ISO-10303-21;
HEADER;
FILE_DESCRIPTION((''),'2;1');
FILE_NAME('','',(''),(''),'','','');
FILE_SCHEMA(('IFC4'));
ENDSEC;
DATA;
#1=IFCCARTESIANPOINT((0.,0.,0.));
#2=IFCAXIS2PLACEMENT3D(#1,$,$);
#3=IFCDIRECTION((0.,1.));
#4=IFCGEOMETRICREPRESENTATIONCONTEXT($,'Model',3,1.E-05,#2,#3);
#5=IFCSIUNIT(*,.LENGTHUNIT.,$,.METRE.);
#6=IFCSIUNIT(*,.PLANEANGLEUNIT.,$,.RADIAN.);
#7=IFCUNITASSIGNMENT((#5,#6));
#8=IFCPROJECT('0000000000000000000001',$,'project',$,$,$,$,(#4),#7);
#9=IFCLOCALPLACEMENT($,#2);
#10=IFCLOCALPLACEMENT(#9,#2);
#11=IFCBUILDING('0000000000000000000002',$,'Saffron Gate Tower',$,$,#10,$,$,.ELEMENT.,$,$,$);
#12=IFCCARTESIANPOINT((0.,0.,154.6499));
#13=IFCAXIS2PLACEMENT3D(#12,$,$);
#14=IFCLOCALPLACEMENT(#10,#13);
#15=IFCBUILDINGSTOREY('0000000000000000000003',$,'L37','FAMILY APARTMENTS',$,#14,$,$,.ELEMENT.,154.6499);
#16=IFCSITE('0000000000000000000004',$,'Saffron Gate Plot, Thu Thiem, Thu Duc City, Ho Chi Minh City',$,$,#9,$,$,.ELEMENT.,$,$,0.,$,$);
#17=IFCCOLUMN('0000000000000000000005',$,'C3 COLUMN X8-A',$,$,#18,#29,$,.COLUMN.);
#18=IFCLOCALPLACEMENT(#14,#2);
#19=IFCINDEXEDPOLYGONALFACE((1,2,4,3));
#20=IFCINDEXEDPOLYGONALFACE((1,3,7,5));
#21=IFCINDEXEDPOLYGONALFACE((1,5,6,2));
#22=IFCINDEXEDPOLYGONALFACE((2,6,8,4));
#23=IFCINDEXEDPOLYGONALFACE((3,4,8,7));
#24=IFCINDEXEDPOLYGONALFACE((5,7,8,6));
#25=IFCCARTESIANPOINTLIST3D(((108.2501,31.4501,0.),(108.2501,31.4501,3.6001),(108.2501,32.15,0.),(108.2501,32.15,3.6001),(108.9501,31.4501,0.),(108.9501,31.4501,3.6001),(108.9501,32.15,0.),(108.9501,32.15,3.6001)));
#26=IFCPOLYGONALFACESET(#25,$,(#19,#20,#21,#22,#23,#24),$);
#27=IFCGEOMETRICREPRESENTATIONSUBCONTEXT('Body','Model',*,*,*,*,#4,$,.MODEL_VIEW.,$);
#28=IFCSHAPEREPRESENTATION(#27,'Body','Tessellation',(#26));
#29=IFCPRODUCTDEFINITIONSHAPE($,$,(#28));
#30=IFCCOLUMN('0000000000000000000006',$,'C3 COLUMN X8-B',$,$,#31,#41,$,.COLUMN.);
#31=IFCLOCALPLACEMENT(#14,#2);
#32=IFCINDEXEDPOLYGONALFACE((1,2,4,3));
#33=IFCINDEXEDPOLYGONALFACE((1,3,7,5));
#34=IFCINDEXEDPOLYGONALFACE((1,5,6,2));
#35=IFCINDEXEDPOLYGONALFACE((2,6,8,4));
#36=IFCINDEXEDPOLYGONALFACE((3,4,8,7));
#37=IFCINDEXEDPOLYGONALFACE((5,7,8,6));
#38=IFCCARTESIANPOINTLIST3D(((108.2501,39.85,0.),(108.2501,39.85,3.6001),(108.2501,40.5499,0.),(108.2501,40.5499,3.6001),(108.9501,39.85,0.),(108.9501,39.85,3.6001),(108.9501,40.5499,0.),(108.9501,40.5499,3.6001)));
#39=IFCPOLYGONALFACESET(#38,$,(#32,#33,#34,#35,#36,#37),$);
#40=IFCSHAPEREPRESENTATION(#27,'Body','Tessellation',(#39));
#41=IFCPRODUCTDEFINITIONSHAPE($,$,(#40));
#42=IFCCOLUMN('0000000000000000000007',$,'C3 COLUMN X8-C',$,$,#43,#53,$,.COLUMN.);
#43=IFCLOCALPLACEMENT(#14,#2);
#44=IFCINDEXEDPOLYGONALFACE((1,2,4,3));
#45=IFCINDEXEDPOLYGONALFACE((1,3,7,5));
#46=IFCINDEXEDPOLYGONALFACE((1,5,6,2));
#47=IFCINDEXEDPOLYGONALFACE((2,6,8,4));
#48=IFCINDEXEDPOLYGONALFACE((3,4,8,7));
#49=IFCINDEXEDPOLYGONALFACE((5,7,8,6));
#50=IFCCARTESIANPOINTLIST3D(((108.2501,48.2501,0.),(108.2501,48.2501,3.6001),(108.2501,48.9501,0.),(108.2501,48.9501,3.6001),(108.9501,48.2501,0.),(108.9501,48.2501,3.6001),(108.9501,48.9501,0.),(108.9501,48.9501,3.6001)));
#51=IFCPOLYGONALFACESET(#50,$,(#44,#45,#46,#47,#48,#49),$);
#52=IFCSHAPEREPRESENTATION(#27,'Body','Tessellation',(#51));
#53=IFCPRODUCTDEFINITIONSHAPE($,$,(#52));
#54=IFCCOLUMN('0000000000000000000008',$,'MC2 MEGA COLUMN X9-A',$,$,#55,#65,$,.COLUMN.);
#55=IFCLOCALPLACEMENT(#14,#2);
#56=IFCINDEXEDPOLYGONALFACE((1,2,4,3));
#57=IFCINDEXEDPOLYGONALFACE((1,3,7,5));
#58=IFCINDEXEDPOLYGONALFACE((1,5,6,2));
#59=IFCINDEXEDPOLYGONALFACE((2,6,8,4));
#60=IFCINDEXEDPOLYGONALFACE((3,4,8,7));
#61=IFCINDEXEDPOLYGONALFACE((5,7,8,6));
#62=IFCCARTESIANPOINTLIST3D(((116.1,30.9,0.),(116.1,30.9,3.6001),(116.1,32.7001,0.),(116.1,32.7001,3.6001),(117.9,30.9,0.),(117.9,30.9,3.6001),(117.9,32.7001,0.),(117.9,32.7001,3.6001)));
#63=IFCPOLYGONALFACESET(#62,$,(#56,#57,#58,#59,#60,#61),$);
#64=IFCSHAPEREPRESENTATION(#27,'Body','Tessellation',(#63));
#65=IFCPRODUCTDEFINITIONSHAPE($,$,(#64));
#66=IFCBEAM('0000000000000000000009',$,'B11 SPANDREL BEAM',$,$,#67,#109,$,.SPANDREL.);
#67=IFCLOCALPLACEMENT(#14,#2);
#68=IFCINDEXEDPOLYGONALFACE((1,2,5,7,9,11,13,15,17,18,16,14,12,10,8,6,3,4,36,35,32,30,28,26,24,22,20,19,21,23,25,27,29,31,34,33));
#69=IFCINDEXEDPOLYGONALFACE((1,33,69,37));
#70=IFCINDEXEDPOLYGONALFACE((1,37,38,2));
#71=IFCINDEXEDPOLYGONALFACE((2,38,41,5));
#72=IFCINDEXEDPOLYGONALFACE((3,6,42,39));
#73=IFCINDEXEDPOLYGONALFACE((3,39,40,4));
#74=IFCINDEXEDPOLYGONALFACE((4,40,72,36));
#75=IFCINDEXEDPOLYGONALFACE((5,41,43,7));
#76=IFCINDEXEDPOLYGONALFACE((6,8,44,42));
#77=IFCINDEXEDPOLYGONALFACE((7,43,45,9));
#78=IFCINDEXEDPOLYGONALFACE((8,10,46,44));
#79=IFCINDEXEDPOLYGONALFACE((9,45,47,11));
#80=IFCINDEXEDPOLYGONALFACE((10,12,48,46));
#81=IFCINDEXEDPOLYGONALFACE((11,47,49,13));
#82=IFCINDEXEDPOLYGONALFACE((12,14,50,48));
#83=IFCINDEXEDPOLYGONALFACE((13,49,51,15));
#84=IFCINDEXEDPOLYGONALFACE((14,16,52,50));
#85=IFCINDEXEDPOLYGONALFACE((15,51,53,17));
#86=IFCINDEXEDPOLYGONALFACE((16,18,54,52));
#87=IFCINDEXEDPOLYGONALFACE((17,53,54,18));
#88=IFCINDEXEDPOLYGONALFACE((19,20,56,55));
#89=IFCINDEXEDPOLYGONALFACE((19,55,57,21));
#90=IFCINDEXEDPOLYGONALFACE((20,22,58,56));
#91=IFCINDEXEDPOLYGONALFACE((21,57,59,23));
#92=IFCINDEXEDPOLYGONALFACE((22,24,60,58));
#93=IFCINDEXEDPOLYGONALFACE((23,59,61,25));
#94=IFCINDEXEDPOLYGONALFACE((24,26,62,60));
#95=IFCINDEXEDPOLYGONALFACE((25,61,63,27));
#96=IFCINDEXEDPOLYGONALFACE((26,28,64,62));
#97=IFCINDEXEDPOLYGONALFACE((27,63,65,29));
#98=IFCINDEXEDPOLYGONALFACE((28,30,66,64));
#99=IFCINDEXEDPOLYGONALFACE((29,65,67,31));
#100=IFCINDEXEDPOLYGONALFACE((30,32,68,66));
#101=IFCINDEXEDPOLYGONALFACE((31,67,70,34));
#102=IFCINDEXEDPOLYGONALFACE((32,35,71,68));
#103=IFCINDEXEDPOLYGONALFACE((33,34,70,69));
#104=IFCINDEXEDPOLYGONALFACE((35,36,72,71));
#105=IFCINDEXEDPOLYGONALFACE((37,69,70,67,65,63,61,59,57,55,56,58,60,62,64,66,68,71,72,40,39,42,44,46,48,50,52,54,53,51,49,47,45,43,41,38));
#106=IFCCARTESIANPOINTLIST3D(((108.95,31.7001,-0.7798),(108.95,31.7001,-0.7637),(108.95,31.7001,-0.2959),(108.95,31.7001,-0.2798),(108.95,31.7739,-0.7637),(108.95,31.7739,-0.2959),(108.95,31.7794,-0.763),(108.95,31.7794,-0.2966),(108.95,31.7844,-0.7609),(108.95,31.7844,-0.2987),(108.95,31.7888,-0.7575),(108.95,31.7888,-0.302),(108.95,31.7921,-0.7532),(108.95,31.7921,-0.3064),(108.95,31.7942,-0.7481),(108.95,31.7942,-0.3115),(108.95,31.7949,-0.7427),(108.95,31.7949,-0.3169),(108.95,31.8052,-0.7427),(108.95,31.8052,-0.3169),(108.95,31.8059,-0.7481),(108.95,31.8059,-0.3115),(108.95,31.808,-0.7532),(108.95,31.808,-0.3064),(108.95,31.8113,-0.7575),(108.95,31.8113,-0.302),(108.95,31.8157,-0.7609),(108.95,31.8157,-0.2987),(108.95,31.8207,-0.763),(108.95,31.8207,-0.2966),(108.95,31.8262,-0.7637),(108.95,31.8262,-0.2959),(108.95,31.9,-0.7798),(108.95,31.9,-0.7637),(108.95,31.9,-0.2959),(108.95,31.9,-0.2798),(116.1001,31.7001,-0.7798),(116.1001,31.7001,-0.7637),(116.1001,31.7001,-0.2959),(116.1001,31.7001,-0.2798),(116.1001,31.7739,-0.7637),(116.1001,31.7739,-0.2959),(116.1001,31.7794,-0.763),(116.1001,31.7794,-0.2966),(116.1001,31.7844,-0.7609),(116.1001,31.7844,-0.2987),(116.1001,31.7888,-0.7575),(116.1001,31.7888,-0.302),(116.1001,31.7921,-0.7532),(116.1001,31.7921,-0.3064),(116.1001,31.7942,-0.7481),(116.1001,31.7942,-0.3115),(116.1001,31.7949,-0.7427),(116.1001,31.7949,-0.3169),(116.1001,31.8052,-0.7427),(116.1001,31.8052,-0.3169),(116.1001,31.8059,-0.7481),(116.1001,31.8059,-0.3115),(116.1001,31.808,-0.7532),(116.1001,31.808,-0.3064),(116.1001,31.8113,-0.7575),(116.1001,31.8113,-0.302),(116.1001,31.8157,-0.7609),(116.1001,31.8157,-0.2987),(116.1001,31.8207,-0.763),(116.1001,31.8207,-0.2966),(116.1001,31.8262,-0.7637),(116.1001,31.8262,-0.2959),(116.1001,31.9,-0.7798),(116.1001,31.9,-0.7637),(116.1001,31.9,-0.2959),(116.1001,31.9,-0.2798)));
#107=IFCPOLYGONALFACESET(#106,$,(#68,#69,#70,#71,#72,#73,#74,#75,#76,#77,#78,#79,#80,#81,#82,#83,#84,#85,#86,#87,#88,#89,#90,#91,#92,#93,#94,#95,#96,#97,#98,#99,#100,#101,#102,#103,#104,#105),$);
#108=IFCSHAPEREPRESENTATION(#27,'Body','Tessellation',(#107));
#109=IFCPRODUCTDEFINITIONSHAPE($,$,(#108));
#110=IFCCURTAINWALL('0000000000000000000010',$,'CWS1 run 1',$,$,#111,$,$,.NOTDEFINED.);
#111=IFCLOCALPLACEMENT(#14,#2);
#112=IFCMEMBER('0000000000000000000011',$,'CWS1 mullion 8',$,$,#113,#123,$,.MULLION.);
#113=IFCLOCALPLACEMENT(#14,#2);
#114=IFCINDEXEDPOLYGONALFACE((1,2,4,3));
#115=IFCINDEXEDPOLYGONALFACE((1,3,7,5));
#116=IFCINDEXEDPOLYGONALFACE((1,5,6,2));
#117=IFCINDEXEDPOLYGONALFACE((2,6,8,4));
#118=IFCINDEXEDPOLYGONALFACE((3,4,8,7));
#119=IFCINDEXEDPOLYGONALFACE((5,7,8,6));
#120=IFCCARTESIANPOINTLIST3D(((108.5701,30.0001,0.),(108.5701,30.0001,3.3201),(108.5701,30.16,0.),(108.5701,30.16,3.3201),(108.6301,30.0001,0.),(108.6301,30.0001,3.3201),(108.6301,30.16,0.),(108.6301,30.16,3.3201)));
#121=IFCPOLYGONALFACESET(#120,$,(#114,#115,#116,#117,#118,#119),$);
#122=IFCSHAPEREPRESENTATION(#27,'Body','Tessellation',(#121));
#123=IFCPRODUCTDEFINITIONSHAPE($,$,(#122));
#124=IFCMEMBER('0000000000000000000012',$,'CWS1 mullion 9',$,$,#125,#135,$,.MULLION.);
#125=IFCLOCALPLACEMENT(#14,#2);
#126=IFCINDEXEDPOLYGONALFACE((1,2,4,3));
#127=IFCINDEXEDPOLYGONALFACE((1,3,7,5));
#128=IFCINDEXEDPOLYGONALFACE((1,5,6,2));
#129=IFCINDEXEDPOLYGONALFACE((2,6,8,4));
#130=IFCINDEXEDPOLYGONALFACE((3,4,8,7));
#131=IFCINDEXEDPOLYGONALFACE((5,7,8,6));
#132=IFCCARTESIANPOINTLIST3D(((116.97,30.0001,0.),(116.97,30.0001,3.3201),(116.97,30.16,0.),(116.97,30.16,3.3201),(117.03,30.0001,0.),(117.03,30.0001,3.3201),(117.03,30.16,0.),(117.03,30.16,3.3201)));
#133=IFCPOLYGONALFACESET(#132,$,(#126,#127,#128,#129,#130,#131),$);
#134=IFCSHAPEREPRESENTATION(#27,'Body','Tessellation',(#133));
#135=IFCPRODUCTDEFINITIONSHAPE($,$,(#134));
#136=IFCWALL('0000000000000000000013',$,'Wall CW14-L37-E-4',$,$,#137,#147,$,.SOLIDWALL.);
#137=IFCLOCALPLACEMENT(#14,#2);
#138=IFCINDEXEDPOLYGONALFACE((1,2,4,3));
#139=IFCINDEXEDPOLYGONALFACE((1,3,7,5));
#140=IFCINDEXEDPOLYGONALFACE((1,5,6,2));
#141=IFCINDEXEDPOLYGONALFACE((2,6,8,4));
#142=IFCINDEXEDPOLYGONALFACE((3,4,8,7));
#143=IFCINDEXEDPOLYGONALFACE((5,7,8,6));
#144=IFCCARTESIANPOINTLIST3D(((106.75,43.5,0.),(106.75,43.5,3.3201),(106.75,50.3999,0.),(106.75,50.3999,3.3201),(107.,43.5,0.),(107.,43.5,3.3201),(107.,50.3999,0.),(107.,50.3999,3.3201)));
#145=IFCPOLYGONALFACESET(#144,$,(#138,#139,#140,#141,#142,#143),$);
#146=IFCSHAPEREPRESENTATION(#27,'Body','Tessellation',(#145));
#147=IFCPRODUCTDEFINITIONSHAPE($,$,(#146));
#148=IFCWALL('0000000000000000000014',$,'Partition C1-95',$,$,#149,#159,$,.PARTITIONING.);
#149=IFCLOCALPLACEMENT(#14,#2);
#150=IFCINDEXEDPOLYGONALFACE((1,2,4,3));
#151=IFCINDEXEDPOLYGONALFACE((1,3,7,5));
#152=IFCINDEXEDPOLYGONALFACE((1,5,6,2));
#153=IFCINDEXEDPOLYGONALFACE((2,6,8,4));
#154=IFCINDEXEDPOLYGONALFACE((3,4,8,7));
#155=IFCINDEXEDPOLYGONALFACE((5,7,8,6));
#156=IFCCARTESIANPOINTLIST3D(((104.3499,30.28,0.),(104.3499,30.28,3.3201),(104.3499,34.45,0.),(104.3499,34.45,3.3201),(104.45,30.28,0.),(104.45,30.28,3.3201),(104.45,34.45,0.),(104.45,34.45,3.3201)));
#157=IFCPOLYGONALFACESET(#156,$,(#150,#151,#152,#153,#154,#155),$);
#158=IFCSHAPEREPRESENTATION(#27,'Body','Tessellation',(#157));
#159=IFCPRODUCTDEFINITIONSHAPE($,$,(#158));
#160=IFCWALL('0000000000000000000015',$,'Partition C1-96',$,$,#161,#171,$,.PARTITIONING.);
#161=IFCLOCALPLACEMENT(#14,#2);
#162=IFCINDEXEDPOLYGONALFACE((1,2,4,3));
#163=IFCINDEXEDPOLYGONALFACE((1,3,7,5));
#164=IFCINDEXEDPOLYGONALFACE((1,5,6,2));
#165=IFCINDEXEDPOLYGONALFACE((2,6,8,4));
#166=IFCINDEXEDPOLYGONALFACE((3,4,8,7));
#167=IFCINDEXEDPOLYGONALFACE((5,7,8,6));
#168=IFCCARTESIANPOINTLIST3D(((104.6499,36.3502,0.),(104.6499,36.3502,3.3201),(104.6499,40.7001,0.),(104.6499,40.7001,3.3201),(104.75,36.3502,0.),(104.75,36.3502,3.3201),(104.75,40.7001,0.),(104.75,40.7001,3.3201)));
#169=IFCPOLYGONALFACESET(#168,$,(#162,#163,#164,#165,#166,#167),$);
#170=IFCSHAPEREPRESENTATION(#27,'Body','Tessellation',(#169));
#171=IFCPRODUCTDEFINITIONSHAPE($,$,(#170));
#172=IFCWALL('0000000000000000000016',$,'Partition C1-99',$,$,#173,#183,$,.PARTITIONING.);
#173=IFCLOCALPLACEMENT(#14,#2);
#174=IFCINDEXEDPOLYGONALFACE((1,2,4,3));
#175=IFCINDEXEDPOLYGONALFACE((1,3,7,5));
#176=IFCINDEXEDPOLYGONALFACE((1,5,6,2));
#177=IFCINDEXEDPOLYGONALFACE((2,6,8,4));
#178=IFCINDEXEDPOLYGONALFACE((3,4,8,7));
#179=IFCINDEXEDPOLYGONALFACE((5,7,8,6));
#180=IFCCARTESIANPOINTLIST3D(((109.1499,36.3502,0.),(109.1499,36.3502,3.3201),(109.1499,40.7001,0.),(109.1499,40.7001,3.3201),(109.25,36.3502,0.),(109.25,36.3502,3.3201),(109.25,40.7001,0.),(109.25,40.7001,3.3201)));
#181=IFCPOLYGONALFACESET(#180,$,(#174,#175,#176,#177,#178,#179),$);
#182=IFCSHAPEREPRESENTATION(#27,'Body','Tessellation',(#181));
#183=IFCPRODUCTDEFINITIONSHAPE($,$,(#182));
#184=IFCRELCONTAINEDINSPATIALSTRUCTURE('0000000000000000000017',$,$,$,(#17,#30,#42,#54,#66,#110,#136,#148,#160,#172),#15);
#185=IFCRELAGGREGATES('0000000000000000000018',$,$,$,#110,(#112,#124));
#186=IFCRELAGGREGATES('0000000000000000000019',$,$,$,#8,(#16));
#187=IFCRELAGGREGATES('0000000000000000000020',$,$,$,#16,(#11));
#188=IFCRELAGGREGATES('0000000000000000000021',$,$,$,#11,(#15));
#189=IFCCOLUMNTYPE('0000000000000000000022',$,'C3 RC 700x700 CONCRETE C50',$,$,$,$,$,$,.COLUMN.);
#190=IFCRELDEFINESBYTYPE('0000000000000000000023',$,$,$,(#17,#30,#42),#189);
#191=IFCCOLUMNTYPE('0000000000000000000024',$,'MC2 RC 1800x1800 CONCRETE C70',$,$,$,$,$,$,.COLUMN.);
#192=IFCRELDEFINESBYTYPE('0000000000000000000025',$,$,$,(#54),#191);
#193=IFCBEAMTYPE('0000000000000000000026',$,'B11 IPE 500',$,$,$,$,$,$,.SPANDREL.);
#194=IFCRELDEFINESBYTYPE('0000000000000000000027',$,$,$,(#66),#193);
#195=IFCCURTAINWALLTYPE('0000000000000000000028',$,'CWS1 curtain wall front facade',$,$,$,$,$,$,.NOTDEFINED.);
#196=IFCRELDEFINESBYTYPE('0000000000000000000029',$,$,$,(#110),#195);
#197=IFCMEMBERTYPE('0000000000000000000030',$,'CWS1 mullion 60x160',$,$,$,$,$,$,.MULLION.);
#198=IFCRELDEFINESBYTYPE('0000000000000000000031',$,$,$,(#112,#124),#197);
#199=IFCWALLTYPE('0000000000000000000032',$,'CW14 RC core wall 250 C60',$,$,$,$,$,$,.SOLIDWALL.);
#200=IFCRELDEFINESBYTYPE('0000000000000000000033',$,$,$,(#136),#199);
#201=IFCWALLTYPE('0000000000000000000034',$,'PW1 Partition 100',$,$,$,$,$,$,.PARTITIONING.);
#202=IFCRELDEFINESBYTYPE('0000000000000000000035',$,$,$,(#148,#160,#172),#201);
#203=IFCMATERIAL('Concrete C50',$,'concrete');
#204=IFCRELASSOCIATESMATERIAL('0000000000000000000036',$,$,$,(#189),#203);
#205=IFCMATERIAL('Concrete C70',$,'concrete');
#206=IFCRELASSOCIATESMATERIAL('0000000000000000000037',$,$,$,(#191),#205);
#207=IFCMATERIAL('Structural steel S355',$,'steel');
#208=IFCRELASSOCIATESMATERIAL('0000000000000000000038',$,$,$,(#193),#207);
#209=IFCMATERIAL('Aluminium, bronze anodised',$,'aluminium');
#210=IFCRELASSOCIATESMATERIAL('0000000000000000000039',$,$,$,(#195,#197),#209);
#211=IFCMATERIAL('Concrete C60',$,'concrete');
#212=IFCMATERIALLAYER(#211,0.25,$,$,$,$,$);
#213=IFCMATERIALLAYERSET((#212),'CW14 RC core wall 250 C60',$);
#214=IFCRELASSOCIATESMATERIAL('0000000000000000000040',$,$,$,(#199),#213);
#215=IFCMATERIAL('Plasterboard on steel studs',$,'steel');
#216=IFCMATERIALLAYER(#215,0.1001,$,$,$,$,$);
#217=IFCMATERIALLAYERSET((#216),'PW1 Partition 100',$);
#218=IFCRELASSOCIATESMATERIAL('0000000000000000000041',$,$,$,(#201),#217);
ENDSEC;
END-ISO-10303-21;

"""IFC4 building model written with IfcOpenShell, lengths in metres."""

from ifc_helpers import new_model, si_unit, direction, frame, frame_2d, origin, origin_2d, place, context, subcontext, project, spatial, rectangle, i_section, extrude, material, layer, layer_set, material_profile, profile_set, type_object, element, aggregate, save


model = new_model("IFC4")

# Units and contexts
model_context = context("Model", 3, precision=1e-05, world=origin(), true_north=direction((0.0, 1.0)))
body_context = subcontext(model_context, "Body", "Model", "MODEL_VIEW")
ifc_project = project(units=[si_unit("LENGTHUNIT", "METRE"), si_unit("PLANEANGLEUNIT", "RADIAN")], contexts=[model_context])

# Site, building, storey
site_placement = place(None, origin())
site = spatial("IfcSite", under=ifc_project, at=site_placement, Name="Saffron Gate Plot, Thu Thiem, Thu Duc City, Ho Chi Minh City", CompositionType="ELEMENT", RefElevation=0.0)
building_placement = place(site_placement, origin())
building = spatial("IfcBuilding", under=site, at=building_placement, Name="Saffron Gate Tower", CompositionType="ELEMENT")
storey_placement = place(building_placement, frame((0.0, 0.0, 154.6499)))
storey = spatial("IfcBuildingStorey", under=building, at=storey_placement, Name="L37", Description="FAMILY APARTMENTS", CompositionType="ELEMENT", Elevation=154.6499)

# Columns
ifc_material_1 = material(Name="Concrete C50", Category="concrete")
ifc_material_profile_1 = material_profile(ifc_material_1, rectangle(XDim=0.7, YDim=0.7, at=origin_2d()))
ifc_profile_set_1 = profile_set([ifc_material_profile_1], Name="Concrete C50")
column_type_1 = type_object("IfcColumnType", Name="C3 RC 700x700 CONCRETE C50", PredefinedType="COLUMN", material=ifc_profile_set_1)
for number, where, z_axis, x_axis, name in (
    (1, (108.6001, 31.8, 0.0), (0.0, 0.0, 1.0), (1.0, 0.0, 0.0), "C3 COLUMN X8-A"),
    (2, (108.6001, 40.2, 0.0), (0.0, 0.0, 1.0), (1.0, 0.0, 0.0), "C3 COLUMN X8-B"),
    (3, (108.6001, 48.6001, 0.0), (0.0, 0.0, 1.0), (1.0, 0.0, 0.0), "C3 COLUMN X8-C"),
):
    element("IfcColumn", number, at=place(storey_placement, frame(where, z_axis=z_axis, x_axis=x_axis)), inside=storey, type_object=column_type_1, Name=name, PredefinedType="COLUMN", context=body_context, shape_type="SweptSolid", body=[
        extrude(rectangle(XDim=0.7, YDim=0.7, at=origin_2d()), origin(), (0.0, 0.0, 1.0), 3.6001),
    ])
ifc_material_2 = material(Name="Concrete C70", Category="concrete")
ifc_material_profile_2 = material_profile(ifc_material_2, rectangle(XDim=1.8, YDim=1.8, at=origin_2d()))
ifc_profile_set_2 = profile_set([ifc_material_profile_2], Name="Concrete C70")
column_type_2 = type_object("IfcColumnType", Name="MC2 RC 1800x1800 CONCRETE C70", PredefinedType="COLUMN", material=ifc_profile_set_2)
column_placement = place(storey_placement, frame((117.0, 31.8, 0.0), z_axis=(0.0, 0.0, 1.0), x_axis=(1.0, 0.0, 0.0)))
element("IfcColumn", 4, at=column_placement, inside=storey, type_object=column_type_2, Name="MC2 MEGA COLUMN X9-A", PredefinedType="COLUMN", context=body_context, shape_type="SweptSolid", body=[
    extrude(rectangle(XDim=1.8, YDim=1.8, at=origin_2d()), origin(), (0.0, 0.0, 1.0), 3.6001),
])

# Beam
ifc_material_3 = material(Name="Structural steel S355", Category="steel")
ifc_material_profile_3 = material_profile(ifc_material_3, i_section(OverallWidth=0.2, OverallDepth=0.5, WebThickness=0.0103, FlangeThickness=0.0161, FilletRadius=0.021, at=origin_2d()))
ifc_profile_set_3 = profile_set([ifc_material_profile_3], Name="Structural steel S355")
beam_type = type_object("IfcBeamType", Name="B11 IPE 500", PredefinedType="SPANDREL", material=ifc_profile_set_3)
beam_placement = place(storey_placement, frame((108.95, 31.8, -0.5298), z_axis=(1.0, 0.0, 0.0), x_axis=(0.0, 1.0, 0.0)))
element("IfcBeam", 5, at=beam_placement, inside=storey, type_object=beam_type, Name="B11 SPANDREL BEAM", PredefinedType="SPANDREL", context=body_context, shape_type="SweptSolid", body=[
    extrude(i_section(OverallWidth=0.2, OverallDepth=0.5, WebThickness=0.0103, FlangeThickness=0.0161, FilletRadius=0.021, at=origin_2d()), origin(), (0.0, 0.0, 1.0), 7.1501),
])

# Curtain wall, members
ifc_material_4 = material(Name="Aluminium, bronze anodised", Category="aluminium")
curtain_wall_type = type_object("IfcCurtainWallType", Name="CWS1 curtain wall front facade", PredefinedType="NOTDEFINED", material=ifc_material_4)
curtain_wall_placement = place(storey_placement, origin())
curtain_wall = element("IfcCurtainWall", 6, at=curtain_wall_placement, inside=storey, type_object=curtain_wall_type, Name="CWS1 run 1", PredefinedType="NOTDEFINED")
ifc_material_profile_4 = material_profile(ifc_material_4, rectangle(XDim=0.1599, YDim=0.0601, at=origin_2d()))
ifc_profile_set_4 = profile_set([ifc_material_profile_4], Name="Aluminium, bronze anodised")
member_type = type_object("IfcMemberType", Name="CWS1 mullion 60x160", PredefinedType="MULLION", material=ifc_profile_set_4)
member_1_placement = place(storey_placement, frame((108.6001, 30.0801, 0.0), z_axis=(0.0, 0.0, 1.0), x_axis=(0.0, 1.0, 0.0)))
member_1 = element("IfcMember", 7, at=member_1_placement, type_object=member_type, Name="CWS1 mullion 8", PredefinedType="MULLION", context=body_context, shape_type="SweptSolid", body=[
    extrude(rectangle(XDim=0.1599, YDim=0.0601, at=origin_2d()), origin(), (0.0, 0.0, 1.0), 3.3201),
])
member_2_placement = place(storey_placement, frame((117.0, 30.0801, 0.0), z_axis=(0.0, 0.0, 1.0), x_axis=(0.0, 1.0, 0.0)))
member_2 = element("IfcMember", 8, at=member_2_placement, type_object=member_type, Name="CWS1 mullion 9", PredefinedType="MULLION", context=body_context, shape_type="SweptSolid", body=[
    extrude(rectangle(XDim=0.1599, YDim=0.0601, at=origin_2d()), origin(), (0.0, 0.0, 1.0), 3.3201),
])
aggregate(curtain_wall, [member_1, member_2])

# Walls
ifc_material_5 = material(Name="Concrete C60", Category="concrete")
ifc_layer_1 = layer(ifc_material_5, 0.25)
ifc_layer_set_1 = layer_set([ifc_layer_1], Name="CW14 RC core wall 250 C60")
wall_type_1 = type_object("IfcWallType", Name="CW14 RC core wall 250 C60", PredefinedType="SOLIDWALL", material=ifc_layer_set_1)
wall_1_placement = place(storey_placement, frame((106.875, 43.5, 0.0), z_axis=(0.0, 0.0, 1.0), x_axis=(0.0, 1.0, 0.0)))
element("IfcWall", 9, at=wall_1_placement, inside=storey, type_object=wall_type_1, Name="Wall CW14-L37-E-4", PredefinedType="SOLIDWALL", context=body_context, shape_type="SweptSolid", body=[
    extrude(rectangle(XDim=6.8999, YDim=0.25, at=frame_2d((3.45, 0.0))), origin(), (0.0, 0.0, 1.0), 3.3201),
])
ifc_material_6 = material(Name="Plasterboard on steel studs", Category="steel")
ifc_layer_2 = layer(ifc_material_6, 0.1001)
ifc_layer_set_2 = layer_set([ifc_layer_2], Name="PW1 Partition 100")
wall_type_2 = type_object("IfcWallType", Name="PW1 Partition 100", PredefinedType="PARTITIONING", material=ifc_layer_set_2)
wall_2_placement = place(storey_placement, frame((104.3999, 34.45, 0.0), z_axis=(0.0, 0.0, 1.0), x_axis=(0.0, -1.0, 0.0)))
element("IfcWall", 10, at=wall_2_placement, inside=storey, type_object=wall_type_2, Name="Partition C1-95", PredefinedType="PARTITIONING", context=body_context, shape_type="SweptSolid", body=[
    extrude(rectangle(XDim=4.1699, YDim=0.1001, at=frame_2d((2.085, 0.0))), origin(), (0.0, 0.0, 1.0), 3.3201),
])
for number, where, z_axis, x_axis, name in (
    (11, (104.7, 40.7, 0.0), (0.0, 0.0, 1.0), (0.0, -1.0, 0.0), "Partition C1-96"),
    (12, (109.2, 40.7, 0.0), (0.0, 0.0, 1.0), (0.0, -1.0, 0.0), "Partition C1-99"),
):
    element("IfcWall", number, at=place(storey_placement, frame(where, z_axis=z_axis, x_axis=x_axis)), inside=storey, type_object=wall_type_2, Name=name, PredefinedType="PARTITIONING", context=body_context, shape_type="SweptSolid", body=[
        extrude(rectangle(XDim=4.3499, YDim=0.1001, at=frame_2d((2.1748, 0.0))), origin(), (0.0, 0.0, 1.0), 3.3201),
    ])

save(model, "model.ifc")
